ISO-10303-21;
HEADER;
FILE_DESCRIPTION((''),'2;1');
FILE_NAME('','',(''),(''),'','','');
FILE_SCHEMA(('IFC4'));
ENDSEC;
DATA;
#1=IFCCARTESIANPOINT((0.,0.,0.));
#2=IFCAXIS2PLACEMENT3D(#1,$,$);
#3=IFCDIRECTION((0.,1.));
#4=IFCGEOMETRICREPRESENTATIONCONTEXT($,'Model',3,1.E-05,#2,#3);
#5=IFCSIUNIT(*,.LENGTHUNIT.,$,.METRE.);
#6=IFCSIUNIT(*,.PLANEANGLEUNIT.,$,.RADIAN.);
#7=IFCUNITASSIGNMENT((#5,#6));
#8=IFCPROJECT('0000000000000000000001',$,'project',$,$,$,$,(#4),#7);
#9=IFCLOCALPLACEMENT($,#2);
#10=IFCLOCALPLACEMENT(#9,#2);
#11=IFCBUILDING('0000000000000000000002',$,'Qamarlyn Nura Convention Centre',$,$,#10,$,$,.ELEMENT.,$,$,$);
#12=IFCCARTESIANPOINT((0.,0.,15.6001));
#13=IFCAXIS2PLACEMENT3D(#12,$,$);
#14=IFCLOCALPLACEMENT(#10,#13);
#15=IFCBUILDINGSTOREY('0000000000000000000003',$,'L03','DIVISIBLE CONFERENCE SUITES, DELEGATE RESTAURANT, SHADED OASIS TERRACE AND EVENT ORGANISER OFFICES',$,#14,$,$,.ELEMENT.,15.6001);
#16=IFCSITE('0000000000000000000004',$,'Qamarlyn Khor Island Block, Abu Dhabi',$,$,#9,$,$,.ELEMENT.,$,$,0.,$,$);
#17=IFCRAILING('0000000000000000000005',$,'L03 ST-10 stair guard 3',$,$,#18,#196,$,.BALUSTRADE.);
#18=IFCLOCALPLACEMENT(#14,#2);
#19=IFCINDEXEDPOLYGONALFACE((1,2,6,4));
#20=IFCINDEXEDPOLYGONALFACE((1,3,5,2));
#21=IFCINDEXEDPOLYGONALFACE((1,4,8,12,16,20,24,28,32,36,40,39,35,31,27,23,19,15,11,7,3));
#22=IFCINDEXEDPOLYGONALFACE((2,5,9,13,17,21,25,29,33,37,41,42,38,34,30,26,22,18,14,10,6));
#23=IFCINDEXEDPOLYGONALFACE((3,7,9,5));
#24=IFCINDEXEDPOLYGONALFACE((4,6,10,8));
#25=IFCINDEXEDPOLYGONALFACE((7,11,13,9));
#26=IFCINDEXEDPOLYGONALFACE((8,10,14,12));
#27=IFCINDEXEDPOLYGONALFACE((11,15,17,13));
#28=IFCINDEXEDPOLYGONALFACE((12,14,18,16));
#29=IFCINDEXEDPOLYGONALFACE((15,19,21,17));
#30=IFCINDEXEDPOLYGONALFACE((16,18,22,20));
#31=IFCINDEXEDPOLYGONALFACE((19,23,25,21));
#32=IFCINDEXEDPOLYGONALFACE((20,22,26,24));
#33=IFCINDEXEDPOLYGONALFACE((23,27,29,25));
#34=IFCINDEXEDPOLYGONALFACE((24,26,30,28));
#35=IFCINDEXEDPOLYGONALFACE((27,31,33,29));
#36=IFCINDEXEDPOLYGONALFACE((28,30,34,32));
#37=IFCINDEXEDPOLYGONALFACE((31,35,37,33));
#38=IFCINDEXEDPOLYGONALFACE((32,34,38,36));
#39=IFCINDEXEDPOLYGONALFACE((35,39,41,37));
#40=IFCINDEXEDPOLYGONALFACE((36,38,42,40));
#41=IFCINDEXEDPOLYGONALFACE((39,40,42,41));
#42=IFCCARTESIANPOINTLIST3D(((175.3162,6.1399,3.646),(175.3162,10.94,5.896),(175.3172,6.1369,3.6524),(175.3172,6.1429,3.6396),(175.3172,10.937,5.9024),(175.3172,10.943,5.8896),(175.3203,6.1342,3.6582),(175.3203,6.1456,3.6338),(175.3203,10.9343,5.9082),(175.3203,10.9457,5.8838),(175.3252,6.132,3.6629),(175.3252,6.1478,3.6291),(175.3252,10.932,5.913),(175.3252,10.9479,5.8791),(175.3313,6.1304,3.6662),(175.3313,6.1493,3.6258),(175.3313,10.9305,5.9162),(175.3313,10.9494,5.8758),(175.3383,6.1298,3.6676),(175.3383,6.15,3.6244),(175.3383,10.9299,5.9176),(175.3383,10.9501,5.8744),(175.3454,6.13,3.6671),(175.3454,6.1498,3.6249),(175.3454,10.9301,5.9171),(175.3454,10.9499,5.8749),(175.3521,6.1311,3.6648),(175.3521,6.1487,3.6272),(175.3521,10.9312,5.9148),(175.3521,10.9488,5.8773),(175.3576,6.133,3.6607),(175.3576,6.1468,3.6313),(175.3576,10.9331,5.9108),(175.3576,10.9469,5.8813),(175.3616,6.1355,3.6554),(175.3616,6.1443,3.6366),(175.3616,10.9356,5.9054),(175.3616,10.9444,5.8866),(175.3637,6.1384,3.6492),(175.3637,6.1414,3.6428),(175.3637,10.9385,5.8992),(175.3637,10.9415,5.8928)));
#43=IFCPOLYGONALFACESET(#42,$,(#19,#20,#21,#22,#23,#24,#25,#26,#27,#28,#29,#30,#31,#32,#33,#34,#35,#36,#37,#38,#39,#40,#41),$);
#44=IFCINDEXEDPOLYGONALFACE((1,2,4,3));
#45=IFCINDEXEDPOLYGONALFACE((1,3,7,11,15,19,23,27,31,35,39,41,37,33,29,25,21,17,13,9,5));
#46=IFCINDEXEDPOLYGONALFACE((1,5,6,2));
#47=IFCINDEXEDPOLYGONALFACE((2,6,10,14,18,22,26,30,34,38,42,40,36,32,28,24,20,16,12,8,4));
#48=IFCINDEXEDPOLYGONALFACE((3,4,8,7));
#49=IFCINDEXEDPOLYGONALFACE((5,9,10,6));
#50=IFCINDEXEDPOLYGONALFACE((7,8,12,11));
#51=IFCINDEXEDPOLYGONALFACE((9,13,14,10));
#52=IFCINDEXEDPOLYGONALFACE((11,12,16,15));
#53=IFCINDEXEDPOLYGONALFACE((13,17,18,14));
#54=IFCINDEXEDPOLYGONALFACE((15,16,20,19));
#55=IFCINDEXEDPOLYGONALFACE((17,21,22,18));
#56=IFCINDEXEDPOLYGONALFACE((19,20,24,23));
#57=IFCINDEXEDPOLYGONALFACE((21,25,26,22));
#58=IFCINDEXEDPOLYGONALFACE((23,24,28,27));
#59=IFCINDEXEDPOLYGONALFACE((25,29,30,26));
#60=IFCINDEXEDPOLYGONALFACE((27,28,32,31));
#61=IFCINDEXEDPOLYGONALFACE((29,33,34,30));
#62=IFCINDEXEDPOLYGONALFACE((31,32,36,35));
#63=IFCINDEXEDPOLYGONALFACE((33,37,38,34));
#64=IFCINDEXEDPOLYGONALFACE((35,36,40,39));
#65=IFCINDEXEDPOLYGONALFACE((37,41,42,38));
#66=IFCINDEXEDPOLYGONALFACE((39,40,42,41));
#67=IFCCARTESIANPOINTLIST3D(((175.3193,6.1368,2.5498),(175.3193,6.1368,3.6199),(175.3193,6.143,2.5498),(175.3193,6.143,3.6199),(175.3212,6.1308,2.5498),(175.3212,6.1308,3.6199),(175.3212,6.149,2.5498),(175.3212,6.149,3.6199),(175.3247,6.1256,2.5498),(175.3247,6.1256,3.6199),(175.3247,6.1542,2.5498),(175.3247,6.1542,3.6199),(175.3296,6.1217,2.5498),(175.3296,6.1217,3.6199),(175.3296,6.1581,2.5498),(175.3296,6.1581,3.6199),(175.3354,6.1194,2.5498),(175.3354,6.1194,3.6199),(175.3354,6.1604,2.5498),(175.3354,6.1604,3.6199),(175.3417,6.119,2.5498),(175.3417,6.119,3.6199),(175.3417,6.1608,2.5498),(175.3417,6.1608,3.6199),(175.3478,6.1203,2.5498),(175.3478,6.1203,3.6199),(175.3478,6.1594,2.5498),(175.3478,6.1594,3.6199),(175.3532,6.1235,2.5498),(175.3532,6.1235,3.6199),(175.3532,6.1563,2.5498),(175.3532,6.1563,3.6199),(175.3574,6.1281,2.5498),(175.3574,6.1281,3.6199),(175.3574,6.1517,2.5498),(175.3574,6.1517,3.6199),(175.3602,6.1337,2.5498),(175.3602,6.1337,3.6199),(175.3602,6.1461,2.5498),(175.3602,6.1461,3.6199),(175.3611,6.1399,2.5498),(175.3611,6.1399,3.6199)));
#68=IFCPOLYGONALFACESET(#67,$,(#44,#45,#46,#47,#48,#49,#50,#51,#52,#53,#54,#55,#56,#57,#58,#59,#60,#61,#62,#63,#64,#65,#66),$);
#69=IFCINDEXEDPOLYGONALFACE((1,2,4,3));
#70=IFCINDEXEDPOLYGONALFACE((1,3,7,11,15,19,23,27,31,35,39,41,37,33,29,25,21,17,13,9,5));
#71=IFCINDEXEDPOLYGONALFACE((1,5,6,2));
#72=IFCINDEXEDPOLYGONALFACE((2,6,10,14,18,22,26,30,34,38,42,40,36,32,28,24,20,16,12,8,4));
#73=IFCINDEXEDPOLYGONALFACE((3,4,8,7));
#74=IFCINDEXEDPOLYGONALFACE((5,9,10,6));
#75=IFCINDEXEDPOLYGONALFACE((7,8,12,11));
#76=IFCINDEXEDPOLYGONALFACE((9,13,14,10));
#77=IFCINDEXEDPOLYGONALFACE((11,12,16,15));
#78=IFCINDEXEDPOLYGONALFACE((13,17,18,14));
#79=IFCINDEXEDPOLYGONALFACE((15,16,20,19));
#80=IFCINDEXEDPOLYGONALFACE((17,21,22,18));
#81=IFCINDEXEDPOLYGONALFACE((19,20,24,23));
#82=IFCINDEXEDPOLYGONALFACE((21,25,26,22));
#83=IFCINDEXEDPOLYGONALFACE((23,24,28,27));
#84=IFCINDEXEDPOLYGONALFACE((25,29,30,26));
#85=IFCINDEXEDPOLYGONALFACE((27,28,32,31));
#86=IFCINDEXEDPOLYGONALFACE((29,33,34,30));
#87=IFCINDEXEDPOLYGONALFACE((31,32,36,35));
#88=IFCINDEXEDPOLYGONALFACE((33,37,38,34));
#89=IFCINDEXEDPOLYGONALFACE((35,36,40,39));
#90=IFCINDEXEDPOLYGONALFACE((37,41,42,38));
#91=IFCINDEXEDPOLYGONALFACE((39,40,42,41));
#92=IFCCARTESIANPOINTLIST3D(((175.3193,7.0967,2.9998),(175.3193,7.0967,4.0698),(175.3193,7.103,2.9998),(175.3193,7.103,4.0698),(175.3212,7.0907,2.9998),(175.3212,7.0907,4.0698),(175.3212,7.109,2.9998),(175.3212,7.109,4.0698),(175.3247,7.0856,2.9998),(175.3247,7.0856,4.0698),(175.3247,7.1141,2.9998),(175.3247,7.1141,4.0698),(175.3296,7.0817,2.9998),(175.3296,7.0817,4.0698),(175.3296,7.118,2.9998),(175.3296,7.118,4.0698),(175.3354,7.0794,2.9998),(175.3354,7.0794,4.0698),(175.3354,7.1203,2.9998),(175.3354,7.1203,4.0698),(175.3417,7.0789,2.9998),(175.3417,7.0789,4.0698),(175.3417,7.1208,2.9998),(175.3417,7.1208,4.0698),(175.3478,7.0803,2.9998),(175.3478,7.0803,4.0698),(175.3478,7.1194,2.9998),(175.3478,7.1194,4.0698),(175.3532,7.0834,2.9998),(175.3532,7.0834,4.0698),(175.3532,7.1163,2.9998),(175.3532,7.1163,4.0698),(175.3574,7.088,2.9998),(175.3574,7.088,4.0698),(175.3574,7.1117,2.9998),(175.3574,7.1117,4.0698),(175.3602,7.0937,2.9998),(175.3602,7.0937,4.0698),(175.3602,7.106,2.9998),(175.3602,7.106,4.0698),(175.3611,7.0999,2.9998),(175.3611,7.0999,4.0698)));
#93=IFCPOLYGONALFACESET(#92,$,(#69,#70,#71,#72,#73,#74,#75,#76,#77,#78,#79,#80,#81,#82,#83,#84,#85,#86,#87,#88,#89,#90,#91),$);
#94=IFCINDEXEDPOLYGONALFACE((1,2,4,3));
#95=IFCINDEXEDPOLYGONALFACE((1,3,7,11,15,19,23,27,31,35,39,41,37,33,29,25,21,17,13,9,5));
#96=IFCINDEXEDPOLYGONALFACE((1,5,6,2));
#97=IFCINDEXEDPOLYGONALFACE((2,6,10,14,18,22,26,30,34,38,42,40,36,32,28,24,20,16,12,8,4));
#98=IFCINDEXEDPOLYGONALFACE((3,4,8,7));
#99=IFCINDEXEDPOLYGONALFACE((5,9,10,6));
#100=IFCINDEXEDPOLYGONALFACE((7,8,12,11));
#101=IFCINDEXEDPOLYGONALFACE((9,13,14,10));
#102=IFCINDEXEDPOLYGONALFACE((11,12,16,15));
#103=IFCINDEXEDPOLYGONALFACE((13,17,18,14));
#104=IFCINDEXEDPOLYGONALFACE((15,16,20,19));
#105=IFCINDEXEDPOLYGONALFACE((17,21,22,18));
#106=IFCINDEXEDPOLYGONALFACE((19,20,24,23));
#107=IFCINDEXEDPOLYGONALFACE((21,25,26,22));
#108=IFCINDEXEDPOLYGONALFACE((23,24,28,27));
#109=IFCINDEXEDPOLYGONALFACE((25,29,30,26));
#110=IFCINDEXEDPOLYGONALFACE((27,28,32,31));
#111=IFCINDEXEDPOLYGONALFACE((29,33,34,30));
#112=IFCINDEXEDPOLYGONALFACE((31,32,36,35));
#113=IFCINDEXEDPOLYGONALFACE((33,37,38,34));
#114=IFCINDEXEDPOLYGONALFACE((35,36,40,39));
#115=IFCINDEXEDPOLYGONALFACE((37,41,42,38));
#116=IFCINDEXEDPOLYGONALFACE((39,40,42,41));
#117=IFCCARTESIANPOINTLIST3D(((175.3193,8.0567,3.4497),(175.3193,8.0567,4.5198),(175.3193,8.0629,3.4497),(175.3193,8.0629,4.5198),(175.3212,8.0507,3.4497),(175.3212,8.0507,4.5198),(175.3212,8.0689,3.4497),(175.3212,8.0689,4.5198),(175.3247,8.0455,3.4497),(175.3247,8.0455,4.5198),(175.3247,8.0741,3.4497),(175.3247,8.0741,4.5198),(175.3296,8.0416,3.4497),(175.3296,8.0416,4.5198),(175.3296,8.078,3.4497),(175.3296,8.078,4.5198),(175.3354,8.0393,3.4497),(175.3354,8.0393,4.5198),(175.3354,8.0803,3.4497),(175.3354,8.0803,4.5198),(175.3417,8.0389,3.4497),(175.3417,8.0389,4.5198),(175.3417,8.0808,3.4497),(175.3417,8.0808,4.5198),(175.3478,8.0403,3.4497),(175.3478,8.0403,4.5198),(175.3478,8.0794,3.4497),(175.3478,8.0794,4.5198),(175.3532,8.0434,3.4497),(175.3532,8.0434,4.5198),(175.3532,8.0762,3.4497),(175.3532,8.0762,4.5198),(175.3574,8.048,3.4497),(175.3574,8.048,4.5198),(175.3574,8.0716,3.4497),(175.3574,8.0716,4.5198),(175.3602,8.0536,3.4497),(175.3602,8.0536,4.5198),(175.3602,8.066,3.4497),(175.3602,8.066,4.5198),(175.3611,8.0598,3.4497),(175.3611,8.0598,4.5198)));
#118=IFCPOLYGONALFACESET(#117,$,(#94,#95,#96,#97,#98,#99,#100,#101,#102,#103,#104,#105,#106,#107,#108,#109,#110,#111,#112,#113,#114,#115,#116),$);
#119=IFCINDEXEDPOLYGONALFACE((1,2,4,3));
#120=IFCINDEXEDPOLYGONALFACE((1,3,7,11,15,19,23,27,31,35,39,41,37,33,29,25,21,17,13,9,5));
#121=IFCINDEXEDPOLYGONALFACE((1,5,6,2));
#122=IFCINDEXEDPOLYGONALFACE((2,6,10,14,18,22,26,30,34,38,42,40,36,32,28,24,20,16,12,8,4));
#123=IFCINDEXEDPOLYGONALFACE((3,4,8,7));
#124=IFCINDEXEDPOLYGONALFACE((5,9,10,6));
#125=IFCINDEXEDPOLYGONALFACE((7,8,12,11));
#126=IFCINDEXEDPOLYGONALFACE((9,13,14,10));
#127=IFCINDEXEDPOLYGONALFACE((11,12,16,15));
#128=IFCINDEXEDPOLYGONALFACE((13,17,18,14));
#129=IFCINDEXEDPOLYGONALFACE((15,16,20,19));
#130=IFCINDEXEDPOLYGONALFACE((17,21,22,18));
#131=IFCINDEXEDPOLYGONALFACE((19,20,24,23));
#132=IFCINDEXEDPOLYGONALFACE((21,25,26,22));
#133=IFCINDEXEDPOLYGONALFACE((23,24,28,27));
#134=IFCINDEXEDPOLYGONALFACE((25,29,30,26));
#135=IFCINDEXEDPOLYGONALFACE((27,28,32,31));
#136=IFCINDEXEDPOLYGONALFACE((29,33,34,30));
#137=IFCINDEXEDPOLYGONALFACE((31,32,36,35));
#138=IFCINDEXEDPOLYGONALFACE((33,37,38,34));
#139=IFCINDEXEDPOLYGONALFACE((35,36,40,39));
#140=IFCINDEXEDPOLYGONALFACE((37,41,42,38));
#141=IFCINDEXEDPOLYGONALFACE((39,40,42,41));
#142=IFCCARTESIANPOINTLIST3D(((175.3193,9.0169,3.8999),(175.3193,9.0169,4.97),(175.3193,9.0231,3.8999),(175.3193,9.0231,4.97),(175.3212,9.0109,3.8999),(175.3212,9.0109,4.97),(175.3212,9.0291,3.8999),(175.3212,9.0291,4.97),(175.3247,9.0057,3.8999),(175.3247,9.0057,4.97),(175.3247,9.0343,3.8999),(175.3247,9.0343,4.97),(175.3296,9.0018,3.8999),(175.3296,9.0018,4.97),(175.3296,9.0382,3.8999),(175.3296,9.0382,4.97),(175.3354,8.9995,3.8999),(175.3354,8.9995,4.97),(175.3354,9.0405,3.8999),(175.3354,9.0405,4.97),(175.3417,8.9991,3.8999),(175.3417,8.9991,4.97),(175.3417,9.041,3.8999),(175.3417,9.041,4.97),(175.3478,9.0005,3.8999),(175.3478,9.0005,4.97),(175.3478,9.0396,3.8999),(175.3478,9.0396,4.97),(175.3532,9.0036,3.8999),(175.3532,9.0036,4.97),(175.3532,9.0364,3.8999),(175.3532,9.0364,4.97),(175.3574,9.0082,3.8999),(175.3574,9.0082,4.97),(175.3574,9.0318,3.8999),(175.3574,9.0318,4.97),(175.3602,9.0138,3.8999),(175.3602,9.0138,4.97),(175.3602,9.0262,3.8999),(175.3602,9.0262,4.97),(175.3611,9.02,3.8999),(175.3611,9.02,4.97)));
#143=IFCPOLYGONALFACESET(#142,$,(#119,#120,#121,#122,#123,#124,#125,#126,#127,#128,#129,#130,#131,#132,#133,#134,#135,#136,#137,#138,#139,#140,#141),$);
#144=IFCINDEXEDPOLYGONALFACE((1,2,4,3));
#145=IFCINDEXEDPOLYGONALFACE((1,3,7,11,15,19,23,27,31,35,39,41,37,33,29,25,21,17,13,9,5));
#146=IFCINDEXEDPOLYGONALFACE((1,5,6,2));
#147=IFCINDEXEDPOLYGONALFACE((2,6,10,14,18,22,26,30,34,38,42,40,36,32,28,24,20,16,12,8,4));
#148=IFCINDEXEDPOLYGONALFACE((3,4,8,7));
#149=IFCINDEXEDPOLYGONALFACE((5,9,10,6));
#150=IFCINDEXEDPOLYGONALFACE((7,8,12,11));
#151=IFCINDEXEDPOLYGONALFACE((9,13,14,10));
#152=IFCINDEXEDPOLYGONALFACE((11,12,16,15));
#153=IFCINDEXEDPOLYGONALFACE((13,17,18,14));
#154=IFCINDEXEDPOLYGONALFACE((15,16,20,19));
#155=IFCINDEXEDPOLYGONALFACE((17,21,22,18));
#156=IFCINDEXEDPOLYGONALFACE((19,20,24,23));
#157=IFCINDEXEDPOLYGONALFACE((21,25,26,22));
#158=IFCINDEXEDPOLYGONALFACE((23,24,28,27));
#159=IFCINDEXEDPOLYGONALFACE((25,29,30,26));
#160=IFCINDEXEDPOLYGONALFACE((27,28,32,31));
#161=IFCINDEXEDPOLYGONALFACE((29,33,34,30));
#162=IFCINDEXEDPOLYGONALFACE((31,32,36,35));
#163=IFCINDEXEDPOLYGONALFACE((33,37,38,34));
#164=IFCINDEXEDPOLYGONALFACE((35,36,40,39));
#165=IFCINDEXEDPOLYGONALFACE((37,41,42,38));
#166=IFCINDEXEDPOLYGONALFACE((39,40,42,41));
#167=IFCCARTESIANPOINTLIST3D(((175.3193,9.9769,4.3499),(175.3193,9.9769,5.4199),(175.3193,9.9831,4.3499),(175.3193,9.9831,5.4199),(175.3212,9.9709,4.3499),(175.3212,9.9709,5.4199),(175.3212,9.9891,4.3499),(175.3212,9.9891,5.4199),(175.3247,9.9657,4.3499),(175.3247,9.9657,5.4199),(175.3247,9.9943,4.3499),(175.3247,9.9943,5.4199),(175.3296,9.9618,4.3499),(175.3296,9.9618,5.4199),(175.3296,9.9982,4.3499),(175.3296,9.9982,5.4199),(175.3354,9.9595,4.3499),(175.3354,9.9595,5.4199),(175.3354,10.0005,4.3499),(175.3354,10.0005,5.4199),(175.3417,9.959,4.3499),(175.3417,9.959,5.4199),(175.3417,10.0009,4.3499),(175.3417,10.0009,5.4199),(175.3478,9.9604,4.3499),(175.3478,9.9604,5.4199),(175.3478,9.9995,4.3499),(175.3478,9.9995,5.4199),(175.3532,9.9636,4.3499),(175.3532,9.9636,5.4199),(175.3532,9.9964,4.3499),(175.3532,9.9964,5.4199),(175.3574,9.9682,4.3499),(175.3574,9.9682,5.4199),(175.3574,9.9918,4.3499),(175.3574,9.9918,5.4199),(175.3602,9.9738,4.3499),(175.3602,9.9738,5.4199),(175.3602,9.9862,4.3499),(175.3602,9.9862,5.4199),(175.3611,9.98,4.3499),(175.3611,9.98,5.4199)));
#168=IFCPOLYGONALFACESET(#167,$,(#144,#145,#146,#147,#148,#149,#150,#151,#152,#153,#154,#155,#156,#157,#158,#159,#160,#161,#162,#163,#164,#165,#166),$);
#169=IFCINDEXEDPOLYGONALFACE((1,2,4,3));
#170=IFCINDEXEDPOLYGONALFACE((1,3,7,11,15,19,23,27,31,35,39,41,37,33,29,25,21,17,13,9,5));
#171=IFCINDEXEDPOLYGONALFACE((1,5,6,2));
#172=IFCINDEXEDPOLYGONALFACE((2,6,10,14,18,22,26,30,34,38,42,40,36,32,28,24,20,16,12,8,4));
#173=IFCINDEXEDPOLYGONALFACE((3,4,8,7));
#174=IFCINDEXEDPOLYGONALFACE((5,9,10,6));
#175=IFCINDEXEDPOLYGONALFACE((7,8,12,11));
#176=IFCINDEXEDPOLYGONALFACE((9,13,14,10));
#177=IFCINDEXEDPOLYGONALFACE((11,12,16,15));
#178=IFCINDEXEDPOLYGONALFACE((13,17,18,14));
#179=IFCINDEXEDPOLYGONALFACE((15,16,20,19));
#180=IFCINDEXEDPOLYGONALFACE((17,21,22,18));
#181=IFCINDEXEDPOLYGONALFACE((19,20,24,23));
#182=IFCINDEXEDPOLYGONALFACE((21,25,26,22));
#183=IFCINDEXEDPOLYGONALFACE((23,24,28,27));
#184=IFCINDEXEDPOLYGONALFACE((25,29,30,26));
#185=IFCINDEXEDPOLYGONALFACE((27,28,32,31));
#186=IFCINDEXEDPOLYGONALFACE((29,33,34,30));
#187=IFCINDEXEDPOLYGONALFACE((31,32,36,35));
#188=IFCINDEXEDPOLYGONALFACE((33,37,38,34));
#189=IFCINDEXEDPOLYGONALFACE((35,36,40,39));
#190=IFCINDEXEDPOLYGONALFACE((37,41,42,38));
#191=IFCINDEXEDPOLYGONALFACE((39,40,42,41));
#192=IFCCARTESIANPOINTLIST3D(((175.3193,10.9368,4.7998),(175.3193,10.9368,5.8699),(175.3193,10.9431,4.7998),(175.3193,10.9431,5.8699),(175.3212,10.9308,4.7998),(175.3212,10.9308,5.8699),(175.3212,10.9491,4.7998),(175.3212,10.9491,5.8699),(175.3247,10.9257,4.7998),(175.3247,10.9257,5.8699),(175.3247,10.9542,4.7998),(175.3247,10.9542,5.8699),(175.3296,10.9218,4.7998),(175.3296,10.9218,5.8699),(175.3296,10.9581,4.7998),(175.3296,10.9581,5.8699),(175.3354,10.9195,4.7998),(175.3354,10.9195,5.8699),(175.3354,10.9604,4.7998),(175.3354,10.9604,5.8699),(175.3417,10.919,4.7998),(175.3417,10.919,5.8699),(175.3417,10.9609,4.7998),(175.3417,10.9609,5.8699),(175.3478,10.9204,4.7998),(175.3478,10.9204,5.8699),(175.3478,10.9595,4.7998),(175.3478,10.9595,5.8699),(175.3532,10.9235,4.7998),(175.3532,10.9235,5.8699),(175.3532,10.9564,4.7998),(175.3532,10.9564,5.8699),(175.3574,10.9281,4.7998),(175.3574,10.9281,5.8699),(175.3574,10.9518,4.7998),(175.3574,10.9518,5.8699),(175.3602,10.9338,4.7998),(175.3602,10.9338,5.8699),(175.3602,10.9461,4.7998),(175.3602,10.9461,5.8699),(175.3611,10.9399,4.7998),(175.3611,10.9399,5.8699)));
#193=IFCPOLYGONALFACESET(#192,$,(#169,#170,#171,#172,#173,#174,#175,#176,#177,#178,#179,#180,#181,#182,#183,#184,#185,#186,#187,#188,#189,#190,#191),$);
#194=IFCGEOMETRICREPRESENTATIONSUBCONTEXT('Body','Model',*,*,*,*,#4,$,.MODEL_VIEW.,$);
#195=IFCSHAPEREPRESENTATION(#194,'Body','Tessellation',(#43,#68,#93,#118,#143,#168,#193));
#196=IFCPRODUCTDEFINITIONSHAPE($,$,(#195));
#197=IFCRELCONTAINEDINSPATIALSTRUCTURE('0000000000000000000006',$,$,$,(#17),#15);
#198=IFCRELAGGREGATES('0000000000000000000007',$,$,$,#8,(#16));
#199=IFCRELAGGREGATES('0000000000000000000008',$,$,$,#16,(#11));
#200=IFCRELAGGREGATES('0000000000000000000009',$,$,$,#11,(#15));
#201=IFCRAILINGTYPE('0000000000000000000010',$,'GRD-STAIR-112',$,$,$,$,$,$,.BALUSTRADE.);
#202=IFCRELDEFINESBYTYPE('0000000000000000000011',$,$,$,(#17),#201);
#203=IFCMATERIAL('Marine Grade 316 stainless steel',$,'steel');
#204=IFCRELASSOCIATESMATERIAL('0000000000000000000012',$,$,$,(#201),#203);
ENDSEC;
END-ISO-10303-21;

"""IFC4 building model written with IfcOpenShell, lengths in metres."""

from ifc_helpers import new_model, si_unit, direction, frame, origin, origin_2d, place, context, subcontext, project, spatial, circle, extrude, material, type_object, element, save


model = new_model("IFC4")

# Units and contexts
model_context = context("Model", 3, precision=1e-05, world=origin(), true_north=direction((0.0, 1.0)))
body_context = subcontext(model_context, "Body", "Model", "MODEL_VIEW")
ifc_project = project(units=[si_unit("LENGTHUNIT", "METRE"), si_unit("PLANEANGLEUNIT", "RADIAN")], contexts=[model_context])

# Site, building, storey
site_placement = place(None, origin())
site = spatial("IfcSite", under=ifc_project, at=site_placement, Name="Qamarlyn Khor Island Block, Abu Dhabi", CompositionType="ELEMENT", RefElevation=0.0)
building_placement = place(site_placement, origin())
building = spatial("IfcBuilding", under=site, at=building_placement, Name="Qamarlyn Nura Convention Centre", CompositionType="ELEMENT")
storey_placement = place(building_placement, frame((0.0, 0.0, 15.6001)))
storey = spatial("IfcBuildingStorey", under=building, at=storey_placement, Name="L03", Description="DIVISIBLE CONFERENCE SUITES, DELEGATE RESTAURANT, SHADED OASIS TERRACE AND EVENT ORGANISER OFFICES", CompositionType="ELEMENT", Elevation=15.6001)

# Railing
ifc_material_1 = material(Name="Marine Grade 316 stainless steel", Category="steel")
railing_type_1 = type_object("IfcRailingType", Name="GRD-STAIR-112", PredefinedType="BALUSTRADE", material=ifc_material_1)
railing_1_placement = place(storey_placement, frame((175.3401, 6.1399, 2.5498)))
element("IfcRailing", 1, at=railing_1_placement, inside=storey, type_object=railing_type_1, Name="L03 ST-10 stair guard 3", PredefinedType="BALUSTRADE", context=body_context, shape_type="SweptSolid", body=[
    extrude(circle(Radius=0.0239, at=origin_2d()), frame((0.0, 0.0, 1.0962), z_axis=(0.0, 0.905461, 0.42443), x_axis=(-1.0, 0.0, 0.0)), (0.0, 0.0, 1.0), 5.3013),
    extrude(circle(Radius=0.021, at=origin_2d()), origin(), (0.0, 0.0, 1.0), 1.0701),
    extrude(circle(Radius=0.021, at=origin_2d()), frame((0.0, 0.96, 0.45)), (0.0, 0.0, 1.0), 1.0701),
    extrude(circle(Radius=0.021, at=origin_2d()), frame((0.0, 1.9199, 0.8999)), (0.0, 0.0, 1.0), 1.0701),
    extrude(circle(Radius=0.021, at=origin_2d()), frame((0.0, 2.8801, 1.3501)), (0.0, 0.0, 1.0), 1.0701),
    extrude(circle(Radius=0.021, at=origin_2d()), frame((0.0, 3.8401, 1.8)), (0.0, 0.0, 1.0), 1.0701),
    extrude(circle(Radius=0.021, at=origin_2d()), frame((0.0, 4.8, 2.25)), (0.0, 0.0, 1.0), 1.0701),
])

save(model, "model.ifc")
